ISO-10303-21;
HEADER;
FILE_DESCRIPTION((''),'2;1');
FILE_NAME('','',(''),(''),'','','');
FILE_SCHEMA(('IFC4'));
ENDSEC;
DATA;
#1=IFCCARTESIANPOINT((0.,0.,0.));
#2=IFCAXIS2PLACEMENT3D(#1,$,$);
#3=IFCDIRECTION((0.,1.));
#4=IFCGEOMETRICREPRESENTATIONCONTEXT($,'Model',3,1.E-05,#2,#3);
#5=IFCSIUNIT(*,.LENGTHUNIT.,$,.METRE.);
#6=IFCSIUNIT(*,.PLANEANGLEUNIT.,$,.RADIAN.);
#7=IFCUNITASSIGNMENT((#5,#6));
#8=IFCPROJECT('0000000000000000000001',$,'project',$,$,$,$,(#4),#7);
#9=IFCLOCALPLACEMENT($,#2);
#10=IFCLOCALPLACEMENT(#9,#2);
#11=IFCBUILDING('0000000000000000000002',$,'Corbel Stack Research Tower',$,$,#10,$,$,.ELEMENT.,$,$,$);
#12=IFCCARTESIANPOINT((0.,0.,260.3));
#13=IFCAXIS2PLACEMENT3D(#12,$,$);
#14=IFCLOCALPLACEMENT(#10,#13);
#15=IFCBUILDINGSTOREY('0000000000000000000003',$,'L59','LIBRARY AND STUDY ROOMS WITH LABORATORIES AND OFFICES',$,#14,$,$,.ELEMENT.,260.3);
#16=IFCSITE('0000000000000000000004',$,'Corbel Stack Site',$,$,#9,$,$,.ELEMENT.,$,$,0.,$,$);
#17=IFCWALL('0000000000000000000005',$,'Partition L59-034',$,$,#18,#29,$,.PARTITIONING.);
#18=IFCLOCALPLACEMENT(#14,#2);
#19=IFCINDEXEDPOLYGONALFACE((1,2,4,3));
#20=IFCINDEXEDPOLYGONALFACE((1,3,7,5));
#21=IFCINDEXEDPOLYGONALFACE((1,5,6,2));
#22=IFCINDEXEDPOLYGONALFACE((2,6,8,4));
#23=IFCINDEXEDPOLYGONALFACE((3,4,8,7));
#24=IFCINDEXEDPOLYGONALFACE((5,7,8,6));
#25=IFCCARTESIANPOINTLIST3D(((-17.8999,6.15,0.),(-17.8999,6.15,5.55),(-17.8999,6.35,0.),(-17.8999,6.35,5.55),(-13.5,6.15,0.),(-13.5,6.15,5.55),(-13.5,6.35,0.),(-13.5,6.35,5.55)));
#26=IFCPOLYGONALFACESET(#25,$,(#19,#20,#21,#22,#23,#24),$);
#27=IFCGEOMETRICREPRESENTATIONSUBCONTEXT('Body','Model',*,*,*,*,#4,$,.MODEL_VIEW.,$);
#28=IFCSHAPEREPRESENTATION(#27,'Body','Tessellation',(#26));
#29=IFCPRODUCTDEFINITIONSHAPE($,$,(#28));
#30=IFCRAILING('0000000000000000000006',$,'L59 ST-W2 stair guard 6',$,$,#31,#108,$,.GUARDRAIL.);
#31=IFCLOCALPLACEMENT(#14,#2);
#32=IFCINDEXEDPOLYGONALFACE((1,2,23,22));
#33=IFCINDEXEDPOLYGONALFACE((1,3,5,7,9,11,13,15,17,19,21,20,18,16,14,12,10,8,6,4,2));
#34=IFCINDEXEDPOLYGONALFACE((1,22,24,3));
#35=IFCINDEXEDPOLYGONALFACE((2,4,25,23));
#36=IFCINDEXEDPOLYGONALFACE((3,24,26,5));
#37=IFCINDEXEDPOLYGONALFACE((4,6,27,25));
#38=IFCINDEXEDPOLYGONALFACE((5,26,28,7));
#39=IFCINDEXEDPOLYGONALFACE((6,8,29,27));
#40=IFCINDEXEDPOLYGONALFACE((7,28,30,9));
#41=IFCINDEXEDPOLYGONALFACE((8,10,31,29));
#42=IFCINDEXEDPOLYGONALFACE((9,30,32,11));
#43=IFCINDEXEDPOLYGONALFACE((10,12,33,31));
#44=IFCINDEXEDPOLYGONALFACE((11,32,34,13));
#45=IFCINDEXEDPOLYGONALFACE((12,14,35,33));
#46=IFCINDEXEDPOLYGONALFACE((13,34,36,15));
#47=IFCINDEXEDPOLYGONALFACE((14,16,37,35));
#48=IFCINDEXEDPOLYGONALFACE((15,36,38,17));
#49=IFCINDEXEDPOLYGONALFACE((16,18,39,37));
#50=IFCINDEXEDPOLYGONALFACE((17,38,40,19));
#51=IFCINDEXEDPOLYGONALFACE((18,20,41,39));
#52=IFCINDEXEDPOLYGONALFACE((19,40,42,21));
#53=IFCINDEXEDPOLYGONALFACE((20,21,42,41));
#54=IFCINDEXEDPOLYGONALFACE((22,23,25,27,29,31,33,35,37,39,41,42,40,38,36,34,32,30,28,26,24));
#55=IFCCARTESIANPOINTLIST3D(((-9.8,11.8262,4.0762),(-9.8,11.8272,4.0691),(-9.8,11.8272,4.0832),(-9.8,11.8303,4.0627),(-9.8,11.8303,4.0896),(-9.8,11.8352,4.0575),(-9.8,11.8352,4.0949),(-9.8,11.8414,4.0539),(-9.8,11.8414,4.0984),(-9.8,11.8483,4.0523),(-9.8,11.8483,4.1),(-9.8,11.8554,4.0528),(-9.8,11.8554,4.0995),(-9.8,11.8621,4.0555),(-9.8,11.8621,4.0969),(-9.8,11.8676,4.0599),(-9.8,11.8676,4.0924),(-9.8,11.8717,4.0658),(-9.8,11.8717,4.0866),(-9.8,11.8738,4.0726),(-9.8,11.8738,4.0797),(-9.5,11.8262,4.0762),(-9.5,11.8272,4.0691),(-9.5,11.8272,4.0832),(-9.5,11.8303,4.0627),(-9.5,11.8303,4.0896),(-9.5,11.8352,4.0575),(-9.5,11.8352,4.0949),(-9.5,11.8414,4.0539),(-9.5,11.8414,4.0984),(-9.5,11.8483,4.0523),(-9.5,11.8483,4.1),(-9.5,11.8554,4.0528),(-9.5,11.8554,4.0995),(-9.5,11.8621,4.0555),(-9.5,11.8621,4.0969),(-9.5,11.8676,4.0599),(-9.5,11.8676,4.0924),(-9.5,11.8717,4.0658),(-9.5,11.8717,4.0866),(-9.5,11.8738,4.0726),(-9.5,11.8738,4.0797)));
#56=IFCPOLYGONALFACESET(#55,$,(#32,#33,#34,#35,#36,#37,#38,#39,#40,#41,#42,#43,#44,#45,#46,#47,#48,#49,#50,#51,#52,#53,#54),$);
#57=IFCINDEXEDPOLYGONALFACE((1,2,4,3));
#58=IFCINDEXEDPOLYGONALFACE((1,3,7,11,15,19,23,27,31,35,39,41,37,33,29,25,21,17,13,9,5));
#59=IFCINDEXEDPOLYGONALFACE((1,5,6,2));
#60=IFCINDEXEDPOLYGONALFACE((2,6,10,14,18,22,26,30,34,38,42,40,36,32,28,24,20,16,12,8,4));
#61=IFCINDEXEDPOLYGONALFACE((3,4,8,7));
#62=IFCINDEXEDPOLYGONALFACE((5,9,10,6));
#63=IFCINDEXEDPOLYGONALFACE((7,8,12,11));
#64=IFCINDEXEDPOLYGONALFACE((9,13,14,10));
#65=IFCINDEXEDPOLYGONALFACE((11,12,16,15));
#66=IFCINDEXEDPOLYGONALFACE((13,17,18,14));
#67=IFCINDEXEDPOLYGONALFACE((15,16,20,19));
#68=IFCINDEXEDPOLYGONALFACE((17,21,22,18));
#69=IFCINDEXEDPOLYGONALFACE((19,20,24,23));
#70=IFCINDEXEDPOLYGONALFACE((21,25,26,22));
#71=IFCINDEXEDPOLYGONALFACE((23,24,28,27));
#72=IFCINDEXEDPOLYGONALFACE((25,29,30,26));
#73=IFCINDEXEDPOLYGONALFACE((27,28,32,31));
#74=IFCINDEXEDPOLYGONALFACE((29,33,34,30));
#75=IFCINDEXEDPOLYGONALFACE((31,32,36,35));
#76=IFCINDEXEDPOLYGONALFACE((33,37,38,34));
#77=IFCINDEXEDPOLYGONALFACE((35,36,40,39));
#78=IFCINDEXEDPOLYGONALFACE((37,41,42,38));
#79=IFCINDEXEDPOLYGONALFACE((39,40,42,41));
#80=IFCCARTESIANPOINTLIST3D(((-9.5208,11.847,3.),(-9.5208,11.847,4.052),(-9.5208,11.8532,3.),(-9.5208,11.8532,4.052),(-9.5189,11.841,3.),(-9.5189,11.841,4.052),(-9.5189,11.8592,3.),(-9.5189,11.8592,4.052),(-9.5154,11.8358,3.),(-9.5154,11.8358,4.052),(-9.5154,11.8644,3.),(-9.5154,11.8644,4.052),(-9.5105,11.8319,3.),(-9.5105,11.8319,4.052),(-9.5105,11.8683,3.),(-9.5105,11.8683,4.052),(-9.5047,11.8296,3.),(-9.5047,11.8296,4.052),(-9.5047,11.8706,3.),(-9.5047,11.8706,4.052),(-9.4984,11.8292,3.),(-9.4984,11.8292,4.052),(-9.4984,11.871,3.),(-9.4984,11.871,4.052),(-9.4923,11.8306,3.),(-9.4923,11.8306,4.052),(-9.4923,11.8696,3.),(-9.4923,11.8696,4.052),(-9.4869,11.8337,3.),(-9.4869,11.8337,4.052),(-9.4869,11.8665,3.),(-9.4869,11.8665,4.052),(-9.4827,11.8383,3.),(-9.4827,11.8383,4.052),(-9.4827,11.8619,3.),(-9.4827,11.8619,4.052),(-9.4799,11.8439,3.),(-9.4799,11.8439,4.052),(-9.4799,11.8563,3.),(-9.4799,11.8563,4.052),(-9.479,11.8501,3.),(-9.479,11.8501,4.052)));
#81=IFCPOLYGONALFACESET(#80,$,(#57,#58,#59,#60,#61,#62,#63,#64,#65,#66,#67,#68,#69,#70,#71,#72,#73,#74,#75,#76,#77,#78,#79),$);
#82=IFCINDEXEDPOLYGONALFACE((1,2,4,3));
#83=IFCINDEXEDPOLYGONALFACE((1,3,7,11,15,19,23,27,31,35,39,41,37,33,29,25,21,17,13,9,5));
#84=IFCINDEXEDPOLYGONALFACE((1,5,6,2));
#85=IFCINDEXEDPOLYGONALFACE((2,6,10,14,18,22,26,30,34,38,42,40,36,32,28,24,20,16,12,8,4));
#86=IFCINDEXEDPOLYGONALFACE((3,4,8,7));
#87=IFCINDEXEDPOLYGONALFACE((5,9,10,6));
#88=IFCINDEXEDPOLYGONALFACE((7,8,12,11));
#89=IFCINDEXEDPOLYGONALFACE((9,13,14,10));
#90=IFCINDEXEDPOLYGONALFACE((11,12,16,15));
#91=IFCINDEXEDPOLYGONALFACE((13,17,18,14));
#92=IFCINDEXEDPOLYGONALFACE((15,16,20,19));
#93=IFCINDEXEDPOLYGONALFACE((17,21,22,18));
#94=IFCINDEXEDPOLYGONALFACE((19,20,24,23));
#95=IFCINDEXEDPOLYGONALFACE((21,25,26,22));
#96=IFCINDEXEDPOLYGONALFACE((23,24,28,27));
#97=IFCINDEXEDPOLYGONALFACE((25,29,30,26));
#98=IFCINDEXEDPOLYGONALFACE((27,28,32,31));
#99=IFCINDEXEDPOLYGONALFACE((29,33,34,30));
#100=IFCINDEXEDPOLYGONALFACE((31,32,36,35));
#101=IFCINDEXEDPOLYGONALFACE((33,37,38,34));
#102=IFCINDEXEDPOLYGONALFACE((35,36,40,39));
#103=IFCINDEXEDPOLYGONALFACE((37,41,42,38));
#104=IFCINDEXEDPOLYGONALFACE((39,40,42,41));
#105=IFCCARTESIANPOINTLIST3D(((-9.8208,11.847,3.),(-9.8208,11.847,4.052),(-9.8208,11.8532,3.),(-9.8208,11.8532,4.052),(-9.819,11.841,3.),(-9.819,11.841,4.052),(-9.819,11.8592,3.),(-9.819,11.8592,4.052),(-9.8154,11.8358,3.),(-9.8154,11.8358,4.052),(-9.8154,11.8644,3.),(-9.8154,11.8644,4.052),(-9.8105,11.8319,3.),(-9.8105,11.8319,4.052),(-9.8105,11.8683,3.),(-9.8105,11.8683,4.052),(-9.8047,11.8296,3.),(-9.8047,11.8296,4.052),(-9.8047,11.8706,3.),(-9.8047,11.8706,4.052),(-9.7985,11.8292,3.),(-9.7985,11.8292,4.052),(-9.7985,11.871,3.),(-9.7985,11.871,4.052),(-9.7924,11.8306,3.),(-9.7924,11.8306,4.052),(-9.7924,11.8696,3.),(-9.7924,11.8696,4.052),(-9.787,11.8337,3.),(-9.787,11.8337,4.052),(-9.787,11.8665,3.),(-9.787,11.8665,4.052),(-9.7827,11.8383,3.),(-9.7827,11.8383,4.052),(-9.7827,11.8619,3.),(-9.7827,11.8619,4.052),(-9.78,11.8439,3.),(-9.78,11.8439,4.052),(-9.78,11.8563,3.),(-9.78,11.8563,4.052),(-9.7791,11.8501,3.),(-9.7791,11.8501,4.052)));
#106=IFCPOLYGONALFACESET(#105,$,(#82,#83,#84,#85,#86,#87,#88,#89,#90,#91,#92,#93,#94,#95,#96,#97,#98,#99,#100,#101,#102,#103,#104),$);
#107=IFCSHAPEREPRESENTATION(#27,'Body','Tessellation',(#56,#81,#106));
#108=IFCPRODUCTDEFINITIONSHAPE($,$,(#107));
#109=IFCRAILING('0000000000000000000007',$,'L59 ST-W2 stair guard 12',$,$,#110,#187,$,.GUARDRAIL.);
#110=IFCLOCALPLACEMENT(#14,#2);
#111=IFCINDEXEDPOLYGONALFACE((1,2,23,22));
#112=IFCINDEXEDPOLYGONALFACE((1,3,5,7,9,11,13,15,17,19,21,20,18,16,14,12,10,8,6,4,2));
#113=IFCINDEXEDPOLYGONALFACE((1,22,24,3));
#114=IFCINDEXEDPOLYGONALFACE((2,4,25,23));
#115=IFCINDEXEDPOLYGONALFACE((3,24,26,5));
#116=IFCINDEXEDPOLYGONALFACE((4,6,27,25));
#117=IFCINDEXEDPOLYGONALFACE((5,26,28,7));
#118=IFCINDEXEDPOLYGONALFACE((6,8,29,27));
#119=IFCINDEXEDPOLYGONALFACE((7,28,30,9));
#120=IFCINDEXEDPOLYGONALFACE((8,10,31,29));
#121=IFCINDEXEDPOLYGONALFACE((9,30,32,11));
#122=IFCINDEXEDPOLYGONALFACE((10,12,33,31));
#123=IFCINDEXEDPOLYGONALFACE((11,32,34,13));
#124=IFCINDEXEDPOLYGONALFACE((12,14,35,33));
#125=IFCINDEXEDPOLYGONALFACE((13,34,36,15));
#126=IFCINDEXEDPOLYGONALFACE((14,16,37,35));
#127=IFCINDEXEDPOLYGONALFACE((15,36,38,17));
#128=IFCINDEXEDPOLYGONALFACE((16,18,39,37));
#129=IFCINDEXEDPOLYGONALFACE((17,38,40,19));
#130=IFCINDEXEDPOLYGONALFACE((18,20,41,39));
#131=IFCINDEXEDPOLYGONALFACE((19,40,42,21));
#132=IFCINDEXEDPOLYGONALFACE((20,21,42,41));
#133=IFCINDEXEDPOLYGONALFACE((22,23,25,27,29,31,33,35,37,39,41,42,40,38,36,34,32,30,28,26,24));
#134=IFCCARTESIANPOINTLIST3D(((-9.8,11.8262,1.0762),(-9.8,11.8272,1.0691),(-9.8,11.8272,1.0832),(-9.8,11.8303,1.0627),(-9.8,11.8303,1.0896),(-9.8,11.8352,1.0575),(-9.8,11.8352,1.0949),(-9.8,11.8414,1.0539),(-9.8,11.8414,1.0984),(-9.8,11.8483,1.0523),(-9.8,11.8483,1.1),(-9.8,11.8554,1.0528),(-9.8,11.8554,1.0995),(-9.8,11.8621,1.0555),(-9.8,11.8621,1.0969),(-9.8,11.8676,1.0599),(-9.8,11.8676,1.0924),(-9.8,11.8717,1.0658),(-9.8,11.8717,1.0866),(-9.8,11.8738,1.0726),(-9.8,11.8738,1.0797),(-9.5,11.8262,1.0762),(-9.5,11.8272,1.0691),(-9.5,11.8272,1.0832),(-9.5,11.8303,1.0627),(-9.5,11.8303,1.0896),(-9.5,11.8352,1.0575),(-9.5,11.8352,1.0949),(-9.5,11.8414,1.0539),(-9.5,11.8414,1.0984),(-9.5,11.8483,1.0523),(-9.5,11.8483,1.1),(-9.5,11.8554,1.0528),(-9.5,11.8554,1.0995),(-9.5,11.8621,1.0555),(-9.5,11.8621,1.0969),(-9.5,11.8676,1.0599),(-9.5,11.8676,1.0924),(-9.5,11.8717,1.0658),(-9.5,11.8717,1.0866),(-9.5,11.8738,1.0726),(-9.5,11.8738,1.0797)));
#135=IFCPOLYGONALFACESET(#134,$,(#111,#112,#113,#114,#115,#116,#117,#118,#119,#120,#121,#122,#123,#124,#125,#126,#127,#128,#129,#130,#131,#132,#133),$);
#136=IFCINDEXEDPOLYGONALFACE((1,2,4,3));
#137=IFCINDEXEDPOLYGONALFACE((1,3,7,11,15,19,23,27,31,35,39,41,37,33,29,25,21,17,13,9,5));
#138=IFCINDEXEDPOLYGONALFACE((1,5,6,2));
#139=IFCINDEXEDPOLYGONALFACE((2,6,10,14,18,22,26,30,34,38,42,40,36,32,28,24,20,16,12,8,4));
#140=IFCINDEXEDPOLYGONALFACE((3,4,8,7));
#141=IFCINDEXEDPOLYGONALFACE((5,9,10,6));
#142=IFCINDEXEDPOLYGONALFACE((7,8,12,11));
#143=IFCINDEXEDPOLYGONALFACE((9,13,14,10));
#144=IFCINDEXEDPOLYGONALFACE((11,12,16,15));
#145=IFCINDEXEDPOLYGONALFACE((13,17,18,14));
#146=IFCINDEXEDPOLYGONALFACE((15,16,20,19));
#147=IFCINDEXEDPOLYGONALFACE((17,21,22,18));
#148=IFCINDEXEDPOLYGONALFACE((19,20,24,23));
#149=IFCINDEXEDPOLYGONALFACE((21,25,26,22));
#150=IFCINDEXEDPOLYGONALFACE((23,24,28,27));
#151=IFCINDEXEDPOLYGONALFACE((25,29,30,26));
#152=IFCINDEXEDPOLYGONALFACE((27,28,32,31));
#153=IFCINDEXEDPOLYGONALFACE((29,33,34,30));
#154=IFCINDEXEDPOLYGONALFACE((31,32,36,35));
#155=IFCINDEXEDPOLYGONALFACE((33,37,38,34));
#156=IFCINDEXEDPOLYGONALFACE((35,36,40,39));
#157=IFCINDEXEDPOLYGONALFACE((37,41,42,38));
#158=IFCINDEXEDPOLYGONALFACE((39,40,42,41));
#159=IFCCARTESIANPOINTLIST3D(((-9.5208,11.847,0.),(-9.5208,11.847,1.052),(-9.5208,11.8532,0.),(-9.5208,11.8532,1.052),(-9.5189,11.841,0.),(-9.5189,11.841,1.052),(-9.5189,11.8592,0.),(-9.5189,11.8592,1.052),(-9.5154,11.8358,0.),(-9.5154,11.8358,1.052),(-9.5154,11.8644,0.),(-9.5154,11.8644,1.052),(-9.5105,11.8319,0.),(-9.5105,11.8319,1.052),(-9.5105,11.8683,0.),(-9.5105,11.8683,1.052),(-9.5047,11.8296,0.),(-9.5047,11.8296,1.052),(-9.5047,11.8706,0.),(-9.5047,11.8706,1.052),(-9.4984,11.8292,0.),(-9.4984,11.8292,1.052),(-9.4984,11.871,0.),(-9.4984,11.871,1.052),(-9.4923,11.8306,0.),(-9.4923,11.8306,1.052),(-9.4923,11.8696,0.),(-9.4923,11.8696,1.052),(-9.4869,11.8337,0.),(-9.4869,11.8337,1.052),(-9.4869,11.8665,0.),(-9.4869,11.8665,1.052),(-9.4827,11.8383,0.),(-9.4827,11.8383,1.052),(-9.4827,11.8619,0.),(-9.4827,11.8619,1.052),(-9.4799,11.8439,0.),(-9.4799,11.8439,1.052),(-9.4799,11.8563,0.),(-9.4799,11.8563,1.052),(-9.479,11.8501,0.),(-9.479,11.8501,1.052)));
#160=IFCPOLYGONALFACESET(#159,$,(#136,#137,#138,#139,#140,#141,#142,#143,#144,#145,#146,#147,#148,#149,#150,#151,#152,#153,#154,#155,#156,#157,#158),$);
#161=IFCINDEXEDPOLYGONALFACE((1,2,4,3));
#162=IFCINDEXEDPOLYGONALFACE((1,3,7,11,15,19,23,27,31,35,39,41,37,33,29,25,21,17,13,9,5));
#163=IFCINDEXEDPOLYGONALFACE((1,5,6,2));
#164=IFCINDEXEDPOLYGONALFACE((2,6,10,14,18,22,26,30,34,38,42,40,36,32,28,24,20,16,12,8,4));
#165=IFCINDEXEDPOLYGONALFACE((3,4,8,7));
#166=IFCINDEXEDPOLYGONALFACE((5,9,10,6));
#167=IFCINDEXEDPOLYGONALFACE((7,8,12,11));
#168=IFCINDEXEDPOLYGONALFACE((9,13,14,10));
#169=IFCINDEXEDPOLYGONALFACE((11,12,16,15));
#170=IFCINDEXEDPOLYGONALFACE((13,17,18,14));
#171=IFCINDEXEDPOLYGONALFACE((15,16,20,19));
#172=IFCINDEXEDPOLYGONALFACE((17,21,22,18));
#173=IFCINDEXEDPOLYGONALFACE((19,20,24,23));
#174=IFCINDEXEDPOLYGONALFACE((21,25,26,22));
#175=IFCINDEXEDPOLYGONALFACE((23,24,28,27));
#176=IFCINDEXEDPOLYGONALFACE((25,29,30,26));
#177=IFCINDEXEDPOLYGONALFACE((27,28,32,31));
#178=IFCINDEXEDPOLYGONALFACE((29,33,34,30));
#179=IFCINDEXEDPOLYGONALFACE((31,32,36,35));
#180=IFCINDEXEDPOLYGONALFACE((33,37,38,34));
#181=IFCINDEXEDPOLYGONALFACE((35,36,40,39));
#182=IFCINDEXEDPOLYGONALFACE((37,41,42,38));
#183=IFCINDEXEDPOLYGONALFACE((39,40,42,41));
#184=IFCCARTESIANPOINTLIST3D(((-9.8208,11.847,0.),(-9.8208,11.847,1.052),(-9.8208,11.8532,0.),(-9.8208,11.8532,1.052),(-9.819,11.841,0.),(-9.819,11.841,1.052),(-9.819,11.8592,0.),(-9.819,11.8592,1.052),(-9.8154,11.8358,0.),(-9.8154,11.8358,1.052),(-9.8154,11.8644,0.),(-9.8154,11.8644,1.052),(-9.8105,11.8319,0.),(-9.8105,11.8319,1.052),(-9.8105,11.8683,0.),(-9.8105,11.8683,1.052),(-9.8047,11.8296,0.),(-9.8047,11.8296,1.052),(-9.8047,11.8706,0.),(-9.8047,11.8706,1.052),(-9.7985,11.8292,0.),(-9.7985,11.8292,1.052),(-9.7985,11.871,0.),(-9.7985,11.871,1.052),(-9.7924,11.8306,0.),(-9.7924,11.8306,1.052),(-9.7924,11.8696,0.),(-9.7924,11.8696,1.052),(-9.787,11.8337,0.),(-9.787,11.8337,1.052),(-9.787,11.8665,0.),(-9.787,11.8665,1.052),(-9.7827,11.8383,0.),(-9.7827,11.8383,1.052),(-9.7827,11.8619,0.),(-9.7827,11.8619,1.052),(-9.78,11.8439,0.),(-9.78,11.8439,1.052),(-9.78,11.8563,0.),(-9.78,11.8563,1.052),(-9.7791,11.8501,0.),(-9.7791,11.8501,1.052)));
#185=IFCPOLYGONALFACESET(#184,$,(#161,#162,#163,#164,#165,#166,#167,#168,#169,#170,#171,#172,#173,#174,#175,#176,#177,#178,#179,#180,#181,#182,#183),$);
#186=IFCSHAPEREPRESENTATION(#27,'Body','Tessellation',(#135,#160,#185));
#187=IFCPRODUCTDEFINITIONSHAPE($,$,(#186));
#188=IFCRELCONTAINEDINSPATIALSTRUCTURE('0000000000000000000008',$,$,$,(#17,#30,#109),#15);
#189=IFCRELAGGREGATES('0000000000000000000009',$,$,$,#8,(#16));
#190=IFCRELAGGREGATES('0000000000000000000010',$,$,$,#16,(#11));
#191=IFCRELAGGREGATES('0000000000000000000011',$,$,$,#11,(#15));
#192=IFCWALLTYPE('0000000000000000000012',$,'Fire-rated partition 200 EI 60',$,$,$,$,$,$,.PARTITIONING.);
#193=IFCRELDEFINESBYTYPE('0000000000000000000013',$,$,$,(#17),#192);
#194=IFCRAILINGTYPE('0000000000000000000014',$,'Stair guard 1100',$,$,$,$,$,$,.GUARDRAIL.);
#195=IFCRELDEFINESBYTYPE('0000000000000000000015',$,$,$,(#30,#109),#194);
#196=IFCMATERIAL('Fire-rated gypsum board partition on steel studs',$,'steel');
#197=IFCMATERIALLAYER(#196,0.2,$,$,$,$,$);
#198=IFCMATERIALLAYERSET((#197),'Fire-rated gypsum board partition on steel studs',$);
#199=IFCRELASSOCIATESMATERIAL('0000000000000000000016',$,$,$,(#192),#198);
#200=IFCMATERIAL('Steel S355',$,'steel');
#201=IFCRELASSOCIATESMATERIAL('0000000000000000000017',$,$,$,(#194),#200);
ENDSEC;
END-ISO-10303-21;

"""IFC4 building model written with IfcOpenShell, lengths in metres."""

from ifc_helpers import new_model, si_unit, direction, frame, frame_2d, origin, origin_2d, place, context, subcontext, project, spatial, rectangle, circle, extrude, material, layer, layer_set, type_object, element, save


model = new_model("IFC4")

# Units and contexts
model_context = context("Model", 3, precision=1e-05, world=origin(), true_north=direction((0.0, 1.0)))
body_context = subcontext(model_context, "Body", "Model", "MODEL_VIEW")
ifc_project = project(units=[si_unit("LENGTHUNIT", "METRE"), si_unit("PLANEANGLEUNIT", "RADIAN")], contexts=[model_context])

# Site, building, storey
site_placement = place(None, origin())
site = spatial("IfcSite", under=ifc_project, at=site_placement, Name="Corbel Stack Site", CompositionType="ELEMENT", RefElevation=0.0)
building_placement = place(site_placement, origin())
building = spatial("IfcBuilding", under=site, at=building_placement, Name="Corbel Stack Research Tower", CompositionType="ELEMENT")
storey_placement = place(building_placement, frame((0.0, 0.0, 260.3)))
storey = spatial("IfcBuildingStorey", under=building, at=storey_placement, Name="L59", Description="LIBRARY AND STUDY ROOMS WITH LABORATORIES AND OFFICES", CompositionType="ELEMENT", Elevation=260.3)

# Shared definitions
ifc_material_1 = material(Name="Fire-rated gypsum board partition on steel studs", Category="steel")
ifc_layer_1 = layer(ifc_material_1, 0.2)
ifc_layer_set_1 = layer_set([ifc_layer_1], Name="Fire-rated gypsum board partition on steel studs")
wall_type_1 = type_object("IfcWallType", Name="Fire-rated partition 200 EI 60", PredefinedType="PARTITIONING", material=ifc_layer_set_1)

# Wall
for number, where, z_axis, x_axis, name in (
    (1, (-17.8999, 6.25, 0.0), (0.0, 0.0, 1.0), (1.0, 0.0, 0.0), "Partition L59-034"),
):
    element("IfcWall", number, at=place(storey_placement, frame(where, z_axis=z_axis, x_axis=x_axis)), inside=storey, type_object=wall_type_1, Name=name, PredefinedType="PARTITIONING", context=body_context, shape_type="SweptSolid", body=[
        extrude(rectangle(XDim=4.3999, YDim=0.2, at=frame_2d((2.2, 0.0))), origin(), (0.0, 0.0, 1.0), 5.55),
    ])

# Railings
ifc_material_2 = material(Name="Steel S355", Category="steel")
railing_type_1 = type_object("IfcRailingType", Name="Stair guard 1100", PredefinedType="GUARDRAIL", material=ifc_material_2)
for number, where, name in (
    (2, (-9.5, 11.8501, 3.0), "L59 ST-W2 stair guard 6"),
    (3, (-9.5, 11.8501, 0.0), "L59 ST-W2 stair guard 12"),
):
    element("IfcRailing", number, at=place(storey_placement, frame(where)), inside=storey, type_object=railing_type_1, Name=name, PredefinedType="GUARDRAIL", context=body_context, shape_type="SweptSolid", body=[
        extrude(circle(Radius=0.0239, at=origin_2d()), frame((0.0, 0.0, 1.0762), z_axis=(-1.0, 0.0, 0.0), x_axis=(0.0, -1.0, 0.0)), (0.0, 0.0, 1.0), 0.3),
        extrude(circle(Radius=0.021, at=origin_2d()), origin(), (0.0, 0.0, 1.0), 1.052),
        extrude(circle(Radius=0.021, at=origin_2d()), frame((-0.3, 0.0, 0.0)), (0.0, 0.0, 1.0), 1.052),
    ])

save(model, "model.ifc")
